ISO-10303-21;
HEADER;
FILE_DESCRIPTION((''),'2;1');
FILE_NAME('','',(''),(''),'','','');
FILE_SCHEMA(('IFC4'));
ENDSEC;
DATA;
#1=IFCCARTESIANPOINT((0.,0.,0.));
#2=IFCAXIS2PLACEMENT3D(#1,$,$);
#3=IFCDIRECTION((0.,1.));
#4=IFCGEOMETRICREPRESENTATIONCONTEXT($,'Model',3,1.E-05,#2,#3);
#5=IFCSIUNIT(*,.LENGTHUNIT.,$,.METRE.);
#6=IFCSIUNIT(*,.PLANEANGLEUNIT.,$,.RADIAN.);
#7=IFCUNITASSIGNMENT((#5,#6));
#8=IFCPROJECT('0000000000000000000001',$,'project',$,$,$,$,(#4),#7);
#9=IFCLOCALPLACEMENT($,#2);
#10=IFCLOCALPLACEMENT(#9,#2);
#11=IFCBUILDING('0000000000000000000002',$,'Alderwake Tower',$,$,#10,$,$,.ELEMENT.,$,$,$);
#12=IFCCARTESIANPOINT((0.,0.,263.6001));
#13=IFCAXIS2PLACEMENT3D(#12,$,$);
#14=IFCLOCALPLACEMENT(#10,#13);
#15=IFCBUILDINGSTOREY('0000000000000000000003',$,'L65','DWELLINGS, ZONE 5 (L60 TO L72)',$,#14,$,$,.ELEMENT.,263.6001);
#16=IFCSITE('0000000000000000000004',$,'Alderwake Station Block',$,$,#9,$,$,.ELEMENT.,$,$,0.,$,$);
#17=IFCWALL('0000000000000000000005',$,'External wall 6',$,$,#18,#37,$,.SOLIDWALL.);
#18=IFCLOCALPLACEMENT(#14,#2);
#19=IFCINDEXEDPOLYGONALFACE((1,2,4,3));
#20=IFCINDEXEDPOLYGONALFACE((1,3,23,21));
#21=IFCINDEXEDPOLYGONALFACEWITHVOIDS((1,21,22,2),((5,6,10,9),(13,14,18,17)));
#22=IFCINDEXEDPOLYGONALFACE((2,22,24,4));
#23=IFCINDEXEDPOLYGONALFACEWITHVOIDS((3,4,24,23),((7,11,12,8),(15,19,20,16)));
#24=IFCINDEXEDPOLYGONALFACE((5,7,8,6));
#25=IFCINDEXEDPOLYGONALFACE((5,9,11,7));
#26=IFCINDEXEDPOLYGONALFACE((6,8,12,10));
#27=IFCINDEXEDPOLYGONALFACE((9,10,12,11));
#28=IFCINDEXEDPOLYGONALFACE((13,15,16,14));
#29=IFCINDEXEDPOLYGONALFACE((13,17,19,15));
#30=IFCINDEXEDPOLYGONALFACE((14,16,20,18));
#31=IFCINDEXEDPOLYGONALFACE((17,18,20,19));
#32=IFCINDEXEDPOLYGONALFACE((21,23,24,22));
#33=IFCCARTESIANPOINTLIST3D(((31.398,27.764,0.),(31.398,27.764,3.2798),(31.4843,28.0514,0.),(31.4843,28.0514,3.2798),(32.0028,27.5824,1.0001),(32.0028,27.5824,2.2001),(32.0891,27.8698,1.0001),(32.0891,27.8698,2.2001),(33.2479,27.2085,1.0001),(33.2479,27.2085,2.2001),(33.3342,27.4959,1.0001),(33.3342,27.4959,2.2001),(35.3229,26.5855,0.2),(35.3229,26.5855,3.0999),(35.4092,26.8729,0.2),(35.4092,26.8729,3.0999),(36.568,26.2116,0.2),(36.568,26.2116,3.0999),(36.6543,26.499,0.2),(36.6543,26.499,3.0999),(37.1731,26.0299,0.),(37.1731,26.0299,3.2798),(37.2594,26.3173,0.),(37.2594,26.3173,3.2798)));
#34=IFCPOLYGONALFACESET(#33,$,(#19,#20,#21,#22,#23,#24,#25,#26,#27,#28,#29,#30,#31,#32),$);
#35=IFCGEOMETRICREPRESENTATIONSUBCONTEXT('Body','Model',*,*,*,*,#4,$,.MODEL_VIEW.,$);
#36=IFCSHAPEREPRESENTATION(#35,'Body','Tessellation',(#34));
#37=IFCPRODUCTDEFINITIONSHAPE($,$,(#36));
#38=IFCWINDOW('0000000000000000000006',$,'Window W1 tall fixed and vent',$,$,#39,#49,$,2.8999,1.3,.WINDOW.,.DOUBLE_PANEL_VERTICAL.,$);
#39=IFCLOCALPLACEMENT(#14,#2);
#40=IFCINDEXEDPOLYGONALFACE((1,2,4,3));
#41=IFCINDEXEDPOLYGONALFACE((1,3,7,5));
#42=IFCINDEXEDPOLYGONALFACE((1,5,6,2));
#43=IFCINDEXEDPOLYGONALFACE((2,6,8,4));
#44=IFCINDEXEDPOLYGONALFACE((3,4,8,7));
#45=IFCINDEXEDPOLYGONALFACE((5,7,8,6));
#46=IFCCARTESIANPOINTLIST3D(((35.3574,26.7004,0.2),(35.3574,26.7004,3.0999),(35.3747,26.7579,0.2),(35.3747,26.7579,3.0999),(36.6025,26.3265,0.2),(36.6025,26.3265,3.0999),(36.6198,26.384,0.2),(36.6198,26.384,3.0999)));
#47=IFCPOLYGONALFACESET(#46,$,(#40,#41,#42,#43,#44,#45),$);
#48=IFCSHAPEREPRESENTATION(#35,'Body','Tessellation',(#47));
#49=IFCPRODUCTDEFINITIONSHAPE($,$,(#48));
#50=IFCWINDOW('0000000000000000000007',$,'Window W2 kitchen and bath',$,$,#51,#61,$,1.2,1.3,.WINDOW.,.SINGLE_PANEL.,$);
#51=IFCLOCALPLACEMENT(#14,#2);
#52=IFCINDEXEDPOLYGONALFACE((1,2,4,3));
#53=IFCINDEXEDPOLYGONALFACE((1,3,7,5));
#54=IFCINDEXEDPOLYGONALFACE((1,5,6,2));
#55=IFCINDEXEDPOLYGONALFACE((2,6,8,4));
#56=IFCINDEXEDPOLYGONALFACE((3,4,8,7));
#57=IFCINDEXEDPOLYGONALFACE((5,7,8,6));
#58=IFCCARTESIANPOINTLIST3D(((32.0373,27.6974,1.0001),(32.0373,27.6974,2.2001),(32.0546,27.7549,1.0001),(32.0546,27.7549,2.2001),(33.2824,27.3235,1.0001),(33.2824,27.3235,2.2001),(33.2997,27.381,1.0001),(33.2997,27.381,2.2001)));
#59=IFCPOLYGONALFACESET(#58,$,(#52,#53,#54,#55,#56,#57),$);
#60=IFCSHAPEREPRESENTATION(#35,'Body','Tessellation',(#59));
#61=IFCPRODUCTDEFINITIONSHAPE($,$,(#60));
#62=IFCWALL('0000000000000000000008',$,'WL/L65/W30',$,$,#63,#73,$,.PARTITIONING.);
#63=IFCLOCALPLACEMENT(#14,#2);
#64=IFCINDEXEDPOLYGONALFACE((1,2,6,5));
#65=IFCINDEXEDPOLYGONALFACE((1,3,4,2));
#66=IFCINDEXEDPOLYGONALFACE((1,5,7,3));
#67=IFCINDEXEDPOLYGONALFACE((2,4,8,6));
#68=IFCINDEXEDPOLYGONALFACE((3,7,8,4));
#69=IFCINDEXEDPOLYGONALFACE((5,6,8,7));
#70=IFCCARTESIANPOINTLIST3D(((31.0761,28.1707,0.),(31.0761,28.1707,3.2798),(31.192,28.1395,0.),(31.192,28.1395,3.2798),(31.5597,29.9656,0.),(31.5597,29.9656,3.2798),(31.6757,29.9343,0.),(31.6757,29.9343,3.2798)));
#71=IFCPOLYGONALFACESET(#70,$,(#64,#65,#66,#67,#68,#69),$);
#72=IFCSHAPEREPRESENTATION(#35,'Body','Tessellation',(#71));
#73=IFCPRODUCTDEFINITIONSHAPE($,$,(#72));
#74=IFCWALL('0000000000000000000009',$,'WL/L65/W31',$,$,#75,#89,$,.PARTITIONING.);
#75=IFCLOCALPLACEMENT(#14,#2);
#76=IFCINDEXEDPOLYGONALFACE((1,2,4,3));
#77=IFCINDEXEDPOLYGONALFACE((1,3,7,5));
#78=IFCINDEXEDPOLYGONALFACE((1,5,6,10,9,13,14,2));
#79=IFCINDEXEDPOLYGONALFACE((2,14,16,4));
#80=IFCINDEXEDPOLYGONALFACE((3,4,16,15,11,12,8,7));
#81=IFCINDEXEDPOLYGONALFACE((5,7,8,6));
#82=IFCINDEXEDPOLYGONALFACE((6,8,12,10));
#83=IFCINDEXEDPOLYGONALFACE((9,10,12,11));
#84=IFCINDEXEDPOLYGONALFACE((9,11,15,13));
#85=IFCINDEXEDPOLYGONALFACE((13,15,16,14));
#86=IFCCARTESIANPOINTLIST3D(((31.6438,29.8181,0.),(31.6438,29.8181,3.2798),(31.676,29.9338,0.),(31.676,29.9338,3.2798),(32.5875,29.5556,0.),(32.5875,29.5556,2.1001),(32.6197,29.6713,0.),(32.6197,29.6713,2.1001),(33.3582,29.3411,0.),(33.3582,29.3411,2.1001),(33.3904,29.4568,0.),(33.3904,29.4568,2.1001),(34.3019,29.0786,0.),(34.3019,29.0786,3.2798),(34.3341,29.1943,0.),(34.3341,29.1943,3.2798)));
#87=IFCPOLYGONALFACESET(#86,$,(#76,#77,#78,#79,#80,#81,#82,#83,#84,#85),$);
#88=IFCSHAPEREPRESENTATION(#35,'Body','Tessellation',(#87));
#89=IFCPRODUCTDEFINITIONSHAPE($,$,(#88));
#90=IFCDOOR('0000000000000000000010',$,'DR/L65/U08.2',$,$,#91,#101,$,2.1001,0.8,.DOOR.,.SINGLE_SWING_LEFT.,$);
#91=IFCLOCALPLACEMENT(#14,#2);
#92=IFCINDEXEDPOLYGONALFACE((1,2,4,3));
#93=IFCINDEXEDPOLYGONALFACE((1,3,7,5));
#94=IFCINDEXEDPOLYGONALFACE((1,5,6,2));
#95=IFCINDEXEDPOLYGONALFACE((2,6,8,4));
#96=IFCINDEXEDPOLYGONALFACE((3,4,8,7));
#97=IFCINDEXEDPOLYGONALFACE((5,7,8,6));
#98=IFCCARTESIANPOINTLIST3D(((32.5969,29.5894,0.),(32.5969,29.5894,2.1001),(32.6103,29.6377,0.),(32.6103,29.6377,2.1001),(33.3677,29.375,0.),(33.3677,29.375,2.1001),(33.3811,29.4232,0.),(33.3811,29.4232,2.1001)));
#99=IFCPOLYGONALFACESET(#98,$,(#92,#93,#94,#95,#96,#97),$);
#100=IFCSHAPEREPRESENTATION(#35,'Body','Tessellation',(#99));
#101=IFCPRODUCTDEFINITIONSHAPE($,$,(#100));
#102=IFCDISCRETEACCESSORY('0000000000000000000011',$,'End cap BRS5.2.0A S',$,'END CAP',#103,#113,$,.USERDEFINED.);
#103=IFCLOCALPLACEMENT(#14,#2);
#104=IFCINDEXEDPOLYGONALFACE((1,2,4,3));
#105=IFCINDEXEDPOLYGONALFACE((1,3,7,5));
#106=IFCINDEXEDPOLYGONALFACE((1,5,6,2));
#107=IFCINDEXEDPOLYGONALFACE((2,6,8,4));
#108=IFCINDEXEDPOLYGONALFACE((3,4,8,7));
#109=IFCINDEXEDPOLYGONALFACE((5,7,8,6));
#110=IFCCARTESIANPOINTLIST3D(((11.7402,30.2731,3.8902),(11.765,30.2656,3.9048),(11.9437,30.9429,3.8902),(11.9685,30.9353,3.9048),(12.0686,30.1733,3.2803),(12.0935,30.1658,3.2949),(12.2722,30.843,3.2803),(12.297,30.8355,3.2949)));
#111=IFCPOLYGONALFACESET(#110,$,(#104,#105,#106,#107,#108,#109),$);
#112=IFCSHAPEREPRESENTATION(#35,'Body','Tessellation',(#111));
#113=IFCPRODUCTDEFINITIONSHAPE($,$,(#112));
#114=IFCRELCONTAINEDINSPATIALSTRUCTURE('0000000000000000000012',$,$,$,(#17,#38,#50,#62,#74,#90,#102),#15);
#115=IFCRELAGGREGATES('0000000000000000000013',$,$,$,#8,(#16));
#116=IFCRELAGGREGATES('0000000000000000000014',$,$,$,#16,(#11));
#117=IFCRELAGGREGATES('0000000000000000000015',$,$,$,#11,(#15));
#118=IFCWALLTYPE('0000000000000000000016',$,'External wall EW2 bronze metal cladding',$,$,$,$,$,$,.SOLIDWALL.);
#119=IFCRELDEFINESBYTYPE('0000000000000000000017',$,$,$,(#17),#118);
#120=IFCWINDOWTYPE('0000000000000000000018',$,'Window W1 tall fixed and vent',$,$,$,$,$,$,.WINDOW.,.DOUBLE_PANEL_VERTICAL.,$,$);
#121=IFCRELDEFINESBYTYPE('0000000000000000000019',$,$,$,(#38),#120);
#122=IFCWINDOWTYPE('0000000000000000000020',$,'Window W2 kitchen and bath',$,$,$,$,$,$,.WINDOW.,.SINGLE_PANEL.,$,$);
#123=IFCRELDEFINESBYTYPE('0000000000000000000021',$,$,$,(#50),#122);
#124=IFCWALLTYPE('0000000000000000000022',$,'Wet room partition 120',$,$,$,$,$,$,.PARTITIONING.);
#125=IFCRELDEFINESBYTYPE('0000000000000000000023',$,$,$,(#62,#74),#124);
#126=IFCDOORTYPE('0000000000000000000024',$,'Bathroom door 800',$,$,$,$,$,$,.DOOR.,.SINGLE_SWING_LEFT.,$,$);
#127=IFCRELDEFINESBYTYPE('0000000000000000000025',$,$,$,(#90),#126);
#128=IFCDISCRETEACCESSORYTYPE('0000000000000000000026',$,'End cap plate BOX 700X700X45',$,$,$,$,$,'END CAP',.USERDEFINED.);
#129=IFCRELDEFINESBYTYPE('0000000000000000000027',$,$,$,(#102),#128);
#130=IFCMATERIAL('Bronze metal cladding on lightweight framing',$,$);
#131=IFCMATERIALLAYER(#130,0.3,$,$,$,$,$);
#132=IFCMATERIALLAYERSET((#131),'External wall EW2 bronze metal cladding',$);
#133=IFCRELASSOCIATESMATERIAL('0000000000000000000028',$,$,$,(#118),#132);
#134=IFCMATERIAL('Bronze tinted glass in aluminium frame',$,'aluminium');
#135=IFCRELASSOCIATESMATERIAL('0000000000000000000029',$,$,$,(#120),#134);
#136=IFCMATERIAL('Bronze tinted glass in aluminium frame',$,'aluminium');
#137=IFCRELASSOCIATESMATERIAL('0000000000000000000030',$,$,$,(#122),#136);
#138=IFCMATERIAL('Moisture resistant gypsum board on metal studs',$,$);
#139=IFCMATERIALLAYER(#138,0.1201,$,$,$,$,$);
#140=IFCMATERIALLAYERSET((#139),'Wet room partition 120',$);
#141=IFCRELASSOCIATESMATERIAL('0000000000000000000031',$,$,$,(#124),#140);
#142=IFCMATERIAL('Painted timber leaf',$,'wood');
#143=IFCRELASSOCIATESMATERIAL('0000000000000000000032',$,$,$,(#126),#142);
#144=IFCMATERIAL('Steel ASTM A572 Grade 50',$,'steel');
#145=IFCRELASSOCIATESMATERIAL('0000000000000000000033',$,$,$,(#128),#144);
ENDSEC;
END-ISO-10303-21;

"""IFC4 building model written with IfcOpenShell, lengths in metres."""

from ifc_helpers import new_model, si_unit, direction, frame, frame_2d, origin, origin_2d, place, context, subcontext, project, spatial, rectangle, extrude, material, layer, layer_set, material_profile, profile_set, type_object, element, fill, save


model = new_model("IFC4")

# Units and contexts
model_context = context("Model", 3, precision=1e-05, world=origin(), true_north=direction((0.0, 1.0)))
body_context = subcontext(model_context, "Body", "Model", "MODEL_VIEW")
ifc_project = project(units=[si_unit("LENGTHUNIT", "METRE"), si_unit("PLANEANGLEUNIT", "RADIAN")], contexts=[model_context])

# Site, building, storey
site_placement = place(None, origin())
site = spatial("IfcSite", under=ifc_project, at=site_placement, Name="Alderwake Station Block", CompositionType="ELEMENT", RefElevation=0.0)
building_placement = place(site_placement, origin())
building = spatial("IfcBuilding", under=site, at=building_placement, Name="Alderwake Tower", CompositionType="ELEMENT")
storey_placement = place(building_placement, frame((0.0, 0.0, 263.6001)))
storey = spatial("IfcBuildingStorey", under=building, at=storey_placement, Name="L65", Description="DWELLINGS, ZONE 5 (L60 TO L72)", CompositionType="ELEMENT", Elevation=263.6001)

# Wall, openings, windows
ifc_material_1 = material(Name="Bronze metal cladding on lightweight framing")
ifc_layer_1 = layer(ifc_material_1, 0.3)
ifc_layer_set_1 = layer_set([ifc_layer_1], Name="External wall EW2 bronze metal cladding")
wall_type_1 = type_object("IfcWallType", Name="External wall EW2 bronze metal cladding", PredefinedType="SOLIDWALL", material=ifc_layer_set_1)
ifc_material_2 = material(Name="Bronze tinted glass in aluminium frame", Category="aluminium")
window_type_1 = type_object("IfcWindowType", Name="Window W1 tall fixed and vent", PartitioningType="DOUBLE_PANEL_VERTICAL", PredefinedType="WINDOW", material=ifc_material_2)
wall_1_placement = place(storey_placement, frame((31.4412, 27.9077, 0.0), z_axis=(0.0, 0.0, 1.0), x_axis=(0.957754, -0.287589, 0.0)))
wall_1 = element("IfcWall", 1, at=wall_1_placement, inside=storey, type_object=wall_type_1, Name="External wall 6", PredefinedType="SOLIDWALL", context=body_context, shape_type="SweptSolid", body=[
    extrude(rectangle(XDim=6.0298, YDim=0.3, at=frame_2d((3.0149, 0.0))), origin(), (0.0, 0.0, 1.0), 3.2798),
])
opening_1_placement = place(wall_1_placement, frame((0.6316, 0.0, 1.0)))
opening_1 = element("IfcOpeningElement", 2, at=opening_1_placement, cuts=wall_1, PredefinedType="OPENING", context=body_context, shape_type="SweptSolid", body=[
    extrude(rectangle(XDim=1.3, YDim=1.2, at=frame_2d((0.6499, 0.6001))), frame((0.0, 0.1599, 0.0), z_axis=(0.0, -1.0, 0.0), x_axis=(1.0, 0.0, 0.0)), (0.0, 0.0, 1.0), 0.3201),
])
opening_2_placement = place(wall_1_placement, frame((4.0981, 0.0, 0.2)))
opening_2 = element("IfcOpeningElement", 3, at=opening_2_placement, cuts=wall_1, PredefinedType="OPENING", context=body_context, shape_type="SweptSolid", body=[
    extrude(rectangle(XDim=1.3, YDim=2.8999, at=frame_2d((0.6499, 1.45))), frame((0.0, 0.1599, 0.0), z_axis=(0.0, -1.0, 0.0), x_axis=(1.0, 0.0, 0.0)), (0.0, 0.0, 1.0), 0.3201),
])
window_1_placement = place(opening_2_placement, origin())
window_1 = element("IfcWindow", 4, at=window_1_placement, inside=storey, type_object=window_type_1, Name="Window W1 tall fixed and vent", OverallHeight=2.8999, OverallWidth=1.3, PartitioningType="DOUBLE_PANEL_VERTICAL", PredefinedType="WINDOW", context=body_context, shape_type="SweptSolid", body=[
    extrude(rectangle(XDim=1.3, YDim=2.8999, at=frame_2d((0.6499, 1.45))), frame((0.0, 0.03, 0.0), z_axis=(0.0, -1.0, 0.0), x_axis=(1.0, 0.0, 0.0)), (0.0, 0.0, 1.0), 0.0601),
])
fill(opening_2, window_1)
ifc_material_3 = material(Name="Bronze tinted glass in aluminium frame", Category="aluminium")
window_type_2 = type_object("IfcWindowType", Name="Window W2 kitchen and bath", PartitioningType="SINGLE_PANEL", PredefinedType="WINDOW", material=ifc_material_3)
window_2_placement = place(opening_1_placement, origin())
window_2 = element("IfcWindow", 5, at=window_2_placement, inside=storey, type_object=window_type_2, Name="Window W2 kitchen and bath", OverallHeight=1.2, OverallWidth=1.3, PartitioningType="SINGLE_PANEL", PredefinedType="WINDOW", context=body_context, shape_type="SweptSolid", body=[
    extrude(rectangle(XDim=1.3, YDim=1.2, at=frame_2d((0.6499, 0.6001))), frame((0.0, 0.03, 0.0), z_axis=(0.0, -1.0, 0.0), x_axis=(1.0, 0.0, 0.0)), (0.0, 0.0, 1.0), 0.0601),
])
fill(opening_1, window_2)

# Wall
ifc_material_4 = material(Name="Moisture resistant gypsum board on metal studs")
ifc_layer_2 = layer(ifc_material_4, 0.1201)
ifc_layer_set_2 = layer_set([ifc_layer_2], Name="Wet room partition 120")
wall_type_2 = type_object("IfcWallType", Name="Wet room partition 120", PredefinedType="PARTITIONING", material=ifc_layer_set_2)
wall_2_placement = place(storey_placement, frame((31.6177, 29.95, 0.0), z_axis=(0.0, 0.0, 1.0), x_axis=(-0.260171, -0.965562, 0.0)))
element("IfcWall", 6, at=wall_2_placement, inside=storey, type_object=wall_type_2, Name="WL/L65/W30", PredefinedType="PARTITIONING", context=body_context, shape_type="SweptSolid", body=[
    extrude(rectangle(XDim=1.8589, YDim=0.1201, at=frame_2d((0.9294, 0.0))), origin(), (0.0, 0.0, 1.0), 3.2798),
])

# Wall, opening, door
wall_3_placement = place(storey_placement, frame((34.3179, 29.1365, 0.0), z_axis=(0.0, 0.0, 1.0), x_axis=(-0.963408, 0.268041, 0.0)))
wall_3 = element("IfcWall", 7, at=wall_3_placement, inside=storey, type_object=wall_type_2, Name="WL/L65/W31", PredefinedType="PARTITIONING", context=body_context, shape_type="SweptSolid", body=[
    extrude(rectangle(XDim=2.759, YDim=0.1201, at=frame_2d((1.3794, 0.0))), origin(), (0.0, 0.0, 1.0), 3.2798),
])
opening_3_placement = place(wall_3_placement, frame((0.9795, 0.0, 0.0)))
opening_3 = element("IfcOpeningElement", 8, at=opening_3_placement, cuts=wall_3, PredefinedType="OPENING", context=body_context, shape_type="SweptSolid", body=[
    extrude(rectangle(XDim=0.8, YDim=2.1001, at=frame_2d((0.3999, 1.05))), frame((0.0, 0.0701, 0.0), z_axis=(0.0, -1.0, 0.0), x_axis=(1.0, 0.0, 0.0)), (0.0, 0.0, 1.0), 0.1401),
])
ifc_material_5 = material(Name="Painted timber leaf", Category="wood")
door_type_1 = type_object("IfcDoorType", Name="Bathroom door 800", OperationType="SINGLE_SWING_LEFT", PredefinedType="DOOR", material=ifc_material_5)
door_1_placement = place(opening_3_placement, origin())
door_1 = element("IfcDoor", 9, at=door_1_placement, inside=storey, type_object=door_type_1, Name="DR/L65/U08.2", OperationType="SINGLE_SWING_LEFT", OverallHeight=2.1001, OverallWidth=0.8, PredefinedType="DOOR", context=body_context, shape_type="SweptSolid", body=[
    extrude(rectangle(XDim=0.8, YDim=2.1001, at=frame_2d((0.3999, 1.05))), frame((0.0, 0.0249, 0.0), z_axis=(0.0, -1.0, 0.0), x_axis=(1.0, 0.0, 0.0)), (0.0, 0.0, 1.0), 0.05),
])
fill(opening_3, door_1)

# Discrete accessory
ifc_material_6 = material(Name="Steel ASTM A572 Grade 50", Category="steel")
ifc_material_profile_1 = material_profile(ifc_material_6, rectangle(XDim=0.7, YDim=0.7, at=origin_2d()), Name="BOX 700X700X45 cap")
ifc_profile_set_1 = profile_set([ifc_material_profile_1], Name="Steel ASTM A572 Grade 50")
discrete_accessory_type = type_object("IfcDiscreteAccessoryType", Name="End cap plate BOX 700X700X45", ElementType="END CAP", PredefinedType="USERDEFINED", material=ifc_profile_set_1)
discrete_accessory_placement = place(storey_placement, frame((12.031, 30.5505, 3.5999), z_axis=(-0.8338, 0.25341, -0.49047), x_axis=(-0.290788, -0.956787, 0.0)))
element("IfcDiscreteAccessory", 10, at=discrete_accessory_placement, inside=storey, type_object=discrete_accessory_type, Name="End cap BRS5.2.0A S", ObjectType="END CAP", PredefinedType="USERDEFINED", context=body_context, shape_type="SweptSolid", body=[
    extrude(rectangle(XDim=0.7, YDim=0.7, at=origin_2d()), origin(), (0.0, 0.0, 1.0), 0.0298),
])

save(model, "model.ifc")
